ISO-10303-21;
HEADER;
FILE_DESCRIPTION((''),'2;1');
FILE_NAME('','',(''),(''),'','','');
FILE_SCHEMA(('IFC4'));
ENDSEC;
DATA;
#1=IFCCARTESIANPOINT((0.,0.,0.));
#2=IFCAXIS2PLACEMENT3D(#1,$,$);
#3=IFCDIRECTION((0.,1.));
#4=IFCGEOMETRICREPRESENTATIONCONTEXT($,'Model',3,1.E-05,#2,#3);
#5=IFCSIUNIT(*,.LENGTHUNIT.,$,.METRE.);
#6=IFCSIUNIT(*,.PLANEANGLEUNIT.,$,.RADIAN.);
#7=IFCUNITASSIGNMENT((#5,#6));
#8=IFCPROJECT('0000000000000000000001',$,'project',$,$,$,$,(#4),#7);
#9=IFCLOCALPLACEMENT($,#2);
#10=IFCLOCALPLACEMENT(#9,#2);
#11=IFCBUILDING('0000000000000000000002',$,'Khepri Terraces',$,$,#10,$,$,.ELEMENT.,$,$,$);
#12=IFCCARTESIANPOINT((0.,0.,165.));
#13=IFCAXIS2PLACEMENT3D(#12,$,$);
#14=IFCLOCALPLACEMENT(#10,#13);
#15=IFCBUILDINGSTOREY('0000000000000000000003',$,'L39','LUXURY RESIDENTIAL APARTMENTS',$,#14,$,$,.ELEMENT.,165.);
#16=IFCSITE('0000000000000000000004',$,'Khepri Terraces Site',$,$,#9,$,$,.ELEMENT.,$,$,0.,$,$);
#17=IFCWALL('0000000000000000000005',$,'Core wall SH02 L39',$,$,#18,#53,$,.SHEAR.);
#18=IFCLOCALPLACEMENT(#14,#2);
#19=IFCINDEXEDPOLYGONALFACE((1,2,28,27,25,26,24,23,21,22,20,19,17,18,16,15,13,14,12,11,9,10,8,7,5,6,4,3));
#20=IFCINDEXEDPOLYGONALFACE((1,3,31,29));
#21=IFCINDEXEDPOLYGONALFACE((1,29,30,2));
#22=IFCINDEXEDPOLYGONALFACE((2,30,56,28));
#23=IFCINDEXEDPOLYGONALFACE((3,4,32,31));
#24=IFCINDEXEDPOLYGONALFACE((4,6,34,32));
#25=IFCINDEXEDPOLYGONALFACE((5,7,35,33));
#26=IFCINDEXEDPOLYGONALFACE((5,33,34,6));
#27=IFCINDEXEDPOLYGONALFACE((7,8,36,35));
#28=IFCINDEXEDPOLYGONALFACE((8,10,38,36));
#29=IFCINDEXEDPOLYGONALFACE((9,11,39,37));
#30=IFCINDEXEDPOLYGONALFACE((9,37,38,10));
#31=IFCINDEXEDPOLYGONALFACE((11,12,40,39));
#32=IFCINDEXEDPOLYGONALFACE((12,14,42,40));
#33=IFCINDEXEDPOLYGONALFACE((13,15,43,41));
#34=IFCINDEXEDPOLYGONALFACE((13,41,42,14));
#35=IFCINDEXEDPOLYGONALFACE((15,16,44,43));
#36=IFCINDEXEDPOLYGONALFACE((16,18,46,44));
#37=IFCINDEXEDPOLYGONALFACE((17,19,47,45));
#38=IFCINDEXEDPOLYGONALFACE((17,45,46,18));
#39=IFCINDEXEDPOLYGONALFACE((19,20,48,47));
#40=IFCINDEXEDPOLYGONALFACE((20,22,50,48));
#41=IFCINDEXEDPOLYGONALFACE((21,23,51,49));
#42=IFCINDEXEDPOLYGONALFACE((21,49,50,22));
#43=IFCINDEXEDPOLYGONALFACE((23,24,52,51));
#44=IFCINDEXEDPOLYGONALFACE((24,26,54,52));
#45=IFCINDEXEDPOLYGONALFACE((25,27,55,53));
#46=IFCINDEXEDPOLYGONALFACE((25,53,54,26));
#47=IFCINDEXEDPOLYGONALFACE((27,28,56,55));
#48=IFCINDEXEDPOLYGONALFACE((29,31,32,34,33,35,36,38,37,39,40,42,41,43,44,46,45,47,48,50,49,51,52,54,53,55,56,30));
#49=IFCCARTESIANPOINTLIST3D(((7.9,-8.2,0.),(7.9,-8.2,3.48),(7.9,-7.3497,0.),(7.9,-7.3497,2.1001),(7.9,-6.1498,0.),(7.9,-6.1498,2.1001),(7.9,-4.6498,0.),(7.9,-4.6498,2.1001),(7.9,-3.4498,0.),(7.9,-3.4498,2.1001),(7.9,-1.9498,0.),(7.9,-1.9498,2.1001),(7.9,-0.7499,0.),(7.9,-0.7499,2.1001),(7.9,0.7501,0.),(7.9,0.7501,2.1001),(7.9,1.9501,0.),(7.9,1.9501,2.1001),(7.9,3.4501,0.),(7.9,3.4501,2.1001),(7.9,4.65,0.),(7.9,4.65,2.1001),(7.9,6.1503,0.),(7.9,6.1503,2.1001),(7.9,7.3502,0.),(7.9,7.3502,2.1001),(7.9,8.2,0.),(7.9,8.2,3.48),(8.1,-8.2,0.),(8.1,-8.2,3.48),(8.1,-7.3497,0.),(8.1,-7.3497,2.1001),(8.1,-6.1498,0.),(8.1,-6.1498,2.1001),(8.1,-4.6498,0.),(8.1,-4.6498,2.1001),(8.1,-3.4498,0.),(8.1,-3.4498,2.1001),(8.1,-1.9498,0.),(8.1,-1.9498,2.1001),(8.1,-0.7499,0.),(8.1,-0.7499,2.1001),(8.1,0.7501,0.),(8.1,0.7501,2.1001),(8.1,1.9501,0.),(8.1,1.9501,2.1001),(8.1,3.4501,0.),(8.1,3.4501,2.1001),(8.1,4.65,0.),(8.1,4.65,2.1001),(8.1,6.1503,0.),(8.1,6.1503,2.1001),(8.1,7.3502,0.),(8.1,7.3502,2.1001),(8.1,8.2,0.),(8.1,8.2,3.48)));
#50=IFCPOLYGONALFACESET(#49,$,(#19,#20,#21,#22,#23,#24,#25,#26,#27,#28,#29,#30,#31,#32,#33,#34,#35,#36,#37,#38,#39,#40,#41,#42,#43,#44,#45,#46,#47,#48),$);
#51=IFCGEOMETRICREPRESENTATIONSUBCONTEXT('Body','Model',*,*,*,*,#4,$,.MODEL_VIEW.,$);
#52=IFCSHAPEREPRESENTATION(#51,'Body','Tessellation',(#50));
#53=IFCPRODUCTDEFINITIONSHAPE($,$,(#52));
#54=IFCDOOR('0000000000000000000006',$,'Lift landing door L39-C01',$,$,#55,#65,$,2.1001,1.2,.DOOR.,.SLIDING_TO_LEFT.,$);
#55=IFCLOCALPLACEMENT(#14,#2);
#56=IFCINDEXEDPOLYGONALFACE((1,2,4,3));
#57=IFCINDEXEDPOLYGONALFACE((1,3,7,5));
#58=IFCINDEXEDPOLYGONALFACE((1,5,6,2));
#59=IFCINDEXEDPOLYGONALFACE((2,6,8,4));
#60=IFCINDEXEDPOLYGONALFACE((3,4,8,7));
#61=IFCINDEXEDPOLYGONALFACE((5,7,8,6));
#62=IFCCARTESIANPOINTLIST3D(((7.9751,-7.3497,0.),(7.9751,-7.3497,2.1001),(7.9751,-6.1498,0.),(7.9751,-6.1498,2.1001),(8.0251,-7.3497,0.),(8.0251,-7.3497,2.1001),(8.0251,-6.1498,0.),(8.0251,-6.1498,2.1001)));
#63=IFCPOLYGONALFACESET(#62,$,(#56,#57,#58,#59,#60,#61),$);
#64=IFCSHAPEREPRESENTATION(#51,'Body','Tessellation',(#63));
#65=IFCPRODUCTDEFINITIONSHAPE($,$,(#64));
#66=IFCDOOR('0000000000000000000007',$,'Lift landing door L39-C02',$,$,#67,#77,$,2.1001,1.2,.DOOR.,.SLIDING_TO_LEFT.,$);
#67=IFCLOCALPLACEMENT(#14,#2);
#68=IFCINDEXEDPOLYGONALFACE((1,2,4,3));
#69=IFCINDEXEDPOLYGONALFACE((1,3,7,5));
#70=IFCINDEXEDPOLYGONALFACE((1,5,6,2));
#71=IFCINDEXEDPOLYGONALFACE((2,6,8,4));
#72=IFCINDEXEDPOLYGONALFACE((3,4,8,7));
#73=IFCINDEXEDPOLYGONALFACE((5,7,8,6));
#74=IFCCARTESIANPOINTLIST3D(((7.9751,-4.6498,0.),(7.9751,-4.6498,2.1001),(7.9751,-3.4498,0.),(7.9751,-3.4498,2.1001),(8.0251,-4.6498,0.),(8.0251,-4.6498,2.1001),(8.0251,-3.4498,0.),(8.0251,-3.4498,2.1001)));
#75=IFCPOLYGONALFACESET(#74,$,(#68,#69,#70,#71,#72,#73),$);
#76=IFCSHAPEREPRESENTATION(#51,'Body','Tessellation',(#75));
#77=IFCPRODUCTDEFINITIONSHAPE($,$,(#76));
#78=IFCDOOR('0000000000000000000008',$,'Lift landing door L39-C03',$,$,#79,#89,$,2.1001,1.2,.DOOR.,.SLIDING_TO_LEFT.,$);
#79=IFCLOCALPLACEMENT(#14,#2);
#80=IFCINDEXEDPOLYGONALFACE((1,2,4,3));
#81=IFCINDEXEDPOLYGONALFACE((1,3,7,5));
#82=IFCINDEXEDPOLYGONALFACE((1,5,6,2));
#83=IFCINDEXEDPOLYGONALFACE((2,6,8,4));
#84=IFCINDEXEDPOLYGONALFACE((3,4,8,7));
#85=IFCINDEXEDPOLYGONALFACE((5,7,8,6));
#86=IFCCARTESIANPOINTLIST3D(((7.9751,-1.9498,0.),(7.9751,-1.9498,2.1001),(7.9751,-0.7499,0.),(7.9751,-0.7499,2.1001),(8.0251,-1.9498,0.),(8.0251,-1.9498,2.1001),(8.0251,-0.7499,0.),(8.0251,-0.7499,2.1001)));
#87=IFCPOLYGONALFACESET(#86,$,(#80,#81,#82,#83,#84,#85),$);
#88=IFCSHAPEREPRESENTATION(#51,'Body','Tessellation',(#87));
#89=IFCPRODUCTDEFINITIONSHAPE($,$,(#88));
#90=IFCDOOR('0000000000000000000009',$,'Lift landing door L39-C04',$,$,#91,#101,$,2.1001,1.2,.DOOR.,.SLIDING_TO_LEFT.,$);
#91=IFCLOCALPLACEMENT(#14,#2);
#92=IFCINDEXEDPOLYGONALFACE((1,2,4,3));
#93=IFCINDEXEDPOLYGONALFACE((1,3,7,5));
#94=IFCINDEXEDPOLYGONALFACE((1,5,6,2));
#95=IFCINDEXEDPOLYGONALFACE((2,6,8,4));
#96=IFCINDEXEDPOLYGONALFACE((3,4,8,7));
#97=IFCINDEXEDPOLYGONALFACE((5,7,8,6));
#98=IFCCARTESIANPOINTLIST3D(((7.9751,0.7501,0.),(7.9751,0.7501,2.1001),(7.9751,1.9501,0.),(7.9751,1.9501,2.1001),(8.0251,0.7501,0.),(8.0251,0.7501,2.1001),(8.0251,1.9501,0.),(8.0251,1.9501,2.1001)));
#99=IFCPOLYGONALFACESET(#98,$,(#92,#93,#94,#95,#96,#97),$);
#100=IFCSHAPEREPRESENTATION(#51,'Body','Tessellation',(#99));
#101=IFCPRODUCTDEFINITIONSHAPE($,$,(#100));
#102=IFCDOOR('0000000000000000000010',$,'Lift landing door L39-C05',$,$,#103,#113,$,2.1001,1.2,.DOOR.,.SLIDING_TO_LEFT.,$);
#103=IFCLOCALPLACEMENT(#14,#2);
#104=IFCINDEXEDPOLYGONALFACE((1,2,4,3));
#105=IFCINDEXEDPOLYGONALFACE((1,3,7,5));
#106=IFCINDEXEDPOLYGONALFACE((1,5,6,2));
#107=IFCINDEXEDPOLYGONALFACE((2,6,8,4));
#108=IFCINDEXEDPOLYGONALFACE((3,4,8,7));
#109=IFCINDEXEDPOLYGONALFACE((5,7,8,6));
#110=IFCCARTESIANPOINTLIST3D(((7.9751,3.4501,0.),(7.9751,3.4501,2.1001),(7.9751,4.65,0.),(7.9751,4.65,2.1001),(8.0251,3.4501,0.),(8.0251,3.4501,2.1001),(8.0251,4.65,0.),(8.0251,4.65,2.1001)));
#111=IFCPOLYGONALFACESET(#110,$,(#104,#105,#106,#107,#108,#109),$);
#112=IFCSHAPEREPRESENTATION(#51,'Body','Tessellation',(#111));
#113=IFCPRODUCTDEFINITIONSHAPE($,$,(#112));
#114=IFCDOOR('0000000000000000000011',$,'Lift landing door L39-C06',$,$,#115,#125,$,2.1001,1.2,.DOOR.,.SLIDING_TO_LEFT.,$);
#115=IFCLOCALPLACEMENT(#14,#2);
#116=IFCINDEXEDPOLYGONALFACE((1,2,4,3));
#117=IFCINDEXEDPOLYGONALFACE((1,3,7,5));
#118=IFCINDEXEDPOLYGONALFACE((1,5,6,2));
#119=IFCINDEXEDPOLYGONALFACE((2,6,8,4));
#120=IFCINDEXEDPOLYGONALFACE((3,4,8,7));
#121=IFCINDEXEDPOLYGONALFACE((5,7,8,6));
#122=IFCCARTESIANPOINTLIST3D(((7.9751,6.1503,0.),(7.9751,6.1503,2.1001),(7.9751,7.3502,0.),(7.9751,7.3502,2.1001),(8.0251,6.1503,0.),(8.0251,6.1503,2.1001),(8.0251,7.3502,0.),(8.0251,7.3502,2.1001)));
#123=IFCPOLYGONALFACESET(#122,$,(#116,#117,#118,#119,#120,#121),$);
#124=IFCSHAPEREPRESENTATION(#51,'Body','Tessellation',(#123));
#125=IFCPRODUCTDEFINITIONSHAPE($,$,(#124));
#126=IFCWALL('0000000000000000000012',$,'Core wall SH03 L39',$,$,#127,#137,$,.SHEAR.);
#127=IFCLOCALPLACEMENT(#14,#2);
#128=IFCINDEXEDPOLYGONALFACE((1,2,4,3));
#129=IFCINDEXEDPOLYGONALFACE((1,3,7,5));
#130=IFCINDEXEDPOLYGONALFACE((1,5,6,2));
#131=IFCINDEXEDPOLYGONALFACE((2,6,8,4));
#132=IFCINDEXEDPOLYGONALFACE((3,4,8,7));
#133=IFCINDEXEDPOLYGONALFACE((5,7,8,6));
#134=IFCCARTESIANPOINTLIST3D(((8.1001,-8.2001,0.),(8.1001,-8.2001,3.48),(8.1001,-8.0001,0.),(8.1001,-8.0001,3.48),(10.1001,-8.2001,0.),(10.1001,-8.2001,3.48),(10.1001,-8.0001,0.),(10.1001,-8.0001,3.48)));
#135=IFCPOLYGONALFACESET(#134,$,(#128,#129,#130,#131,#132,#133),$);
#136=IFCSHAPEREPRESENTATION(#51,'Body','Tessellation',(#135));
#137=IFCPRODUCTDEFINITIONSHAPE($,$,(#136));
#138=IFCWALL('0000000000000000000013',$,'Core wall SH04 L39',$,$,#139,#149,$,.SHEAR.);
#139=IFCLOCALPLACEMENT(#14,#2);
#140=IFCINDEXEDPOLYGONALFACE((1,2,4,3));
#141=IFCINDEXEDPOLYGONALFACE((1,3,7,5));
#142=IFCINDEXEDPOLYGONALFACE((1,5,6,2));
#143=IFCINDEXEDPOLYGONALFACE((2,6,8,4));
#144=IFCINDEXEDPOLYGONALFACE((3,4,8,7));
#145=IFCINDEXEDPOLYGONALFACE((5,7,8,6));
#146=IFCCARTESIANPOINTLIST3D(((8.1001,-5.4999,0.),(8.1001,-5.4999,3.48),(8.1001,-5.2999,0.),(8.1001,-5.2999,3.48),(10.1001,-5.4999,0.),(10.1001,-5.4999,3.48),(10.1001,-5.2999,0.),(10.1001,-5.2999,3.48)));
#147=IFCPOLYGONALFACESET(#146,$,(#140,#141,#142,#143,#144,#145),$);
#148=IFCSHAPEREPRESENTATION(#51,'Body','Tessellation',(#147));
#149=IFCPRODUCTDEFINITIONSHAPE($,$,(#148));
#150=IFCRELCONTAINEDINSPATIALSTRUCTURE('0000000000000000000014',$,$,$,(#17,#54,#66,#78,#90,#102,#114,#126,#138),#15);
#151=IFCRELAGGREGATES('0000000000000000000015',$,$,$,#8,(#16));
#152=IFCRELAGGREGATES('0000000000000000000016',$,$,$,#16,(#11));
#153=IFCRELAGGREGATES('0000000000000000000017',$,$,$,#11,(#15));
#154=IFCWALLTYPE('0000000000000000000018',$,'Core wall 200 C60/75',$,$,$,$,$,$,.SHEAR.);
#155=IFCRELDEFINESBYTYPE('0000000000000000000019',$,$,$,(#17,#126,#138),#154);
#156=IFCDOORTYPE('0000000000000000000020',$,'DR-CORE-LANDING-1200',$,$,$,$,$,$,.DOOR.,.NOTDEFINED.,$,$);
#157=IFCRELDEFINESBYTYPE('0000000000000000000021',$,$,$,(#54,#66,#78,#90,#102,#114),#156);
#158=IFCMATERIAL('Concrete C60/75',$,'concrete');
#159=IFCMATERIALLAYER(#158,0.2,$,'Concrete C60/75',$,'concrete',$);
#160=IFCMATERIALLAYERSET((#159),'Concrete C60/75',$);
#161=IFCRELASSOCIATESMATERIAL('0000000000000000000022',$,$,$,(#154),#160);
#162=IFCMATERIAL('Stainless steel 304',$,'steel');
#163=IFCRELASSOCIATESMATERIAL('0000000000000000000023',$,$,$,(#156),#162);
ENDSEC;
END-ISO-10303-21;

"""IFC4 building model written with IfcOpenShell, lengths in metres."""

from ifc_helpers import new_model, si_unit, direction, frame, frame_2d, origin, place, context, subcontext, project, spatial, rectangle, extrude, material, layer, layer_set, type_object, element, fill, save


model = new_model("IFC4")

# Units and contexts
model_context = context("Model", 3, precision=1e-05, world=origin(), true_north=direction((0.0, 1.0)))
body_context = subcontext(model_context, "Body", "Model", "MODEL_VIEW")
ifc_project = project(units=[si_unit("LENGTHUNIT", "METRE"), si_unit("PLANEANGLEUNIT", "RADIAN")], contexts=[model_context])

# Site, building, storey
site_placement = place(None, origin())
site = spatial("IfcSite", under=ifc_project, at=site_placement, Name="Khepri Terraces Site", CompositionType="ELEMENT", RefElevation=0.0)
building_placement = place(site_placement, origin())
building = spatial("IfcBuilding", under=site, at=building_placement, Name="Khepri Terraces", CompositionType="ELEMENT")
storey_placement = place(building_placement, frame((0.0, 0.0, 165.0)))
storey = spatial("IfcBuildingStorey", under=building, at=storey_placement, Name="L39", Description="LUXURY RESIDENTIAL APARTMENTS", CompositionType="ELEMENT", Elevation=165.0)

# Shared definitions
ifc_material_1 = material(Name="Concrete C60/75", Category="concrete")

# Shared definitions
ifc_layer_1 = layer(ifc_material_1, 0.2, Name="Concrete C60/75", Category="concrete")
ifc_layer_set_1 = layer_set([ifc_layer_1], Name="Concrete C60/75")
wall_type_1 = type_object("IfcWallType", Name="Core wall 200 C60/75", PredefinedType="SHEAR", material=ifc_layer_set_1)

# Wall, openings, doors
wall_1_placement = place(storey_placement, frame((8.0, -8.2, 0.0), z_axis=(0.0, 0.0, 1.0), x_axis=(0.0, 1.0, 0.0)))
wall_1 = element("IfcWall", 1, at=wall_1_placement, inside=storey, type_object=wall_type_1, Name="Core wall SH02 L39", PredefinedType="SHEAR", context=body_context, shape_type="SweptSolid", body=[
    extrude(rectangle(XDim=16.3999, YDim=0.2, at=frame_2d((8.2, 0.0))), origin(), (0.0, 0.0, 1.0), 3.48),
])
opening_1_placement = place(wall_1_placement, frame((0.8501, 0.0, 0.0)))
opening_1 = element("IfcOpeningElement", 2, at=opening_1_placement, cuts=wall_1, PredefinedType="OPENING", context=body_context, shape_type="SweptSolid", body=[
    extrude(rectangle(XDim=1.2, YDim=2.1001, at=frame_2d((0.6001, 1.05))), frame((0.0, 0.1099, 0.0), z_axis=(0.0, -1.0, 0.0), x_axis=(1.0, 0.0, 0.0)), (0.0, 0.0, 1.0), 0.22),
])
opening_2_placement = place(wall_1_placement, frame((3.55, 0.0, 0.0)))
opening_2 = element("IfcOpeningElement", 3, at=opening_2_placement, cuts=wall_1, PredefinedType="OPENING", context=body_context, shape_type="SweptSolid", body=[
    extrude(rectangle(XDim=1.2, YDim=2.1001, at=frame_2d((0.6001, 1.05))), frame((0.0, 0.1099, 0.0), z_axis=(0.0, -1.0, 0.0), x_axis=(1.0, 0.0, 0.0)), (0.0, 0.0, 1.0), 0.22),
])
opening_3_placement = place(wall_1_placement, frame((6.25, 0.0, 0.0)))
opening_3 = element("IfcOpeningElement", 4, at=opening_3_placement, cuts=wall_1, PredefinedType="OPENING", context=body_context, shape_type="SweptSolid", body=[
    extrude(rectangle(XDim=1.2, YDim=2.1001, at=frame_2d((0.6001, 1.05))), frame((0.0, 0.1099, 0.0), z_axis=(0.0, -1.0, 0.0), x_axis=(1.0, 0.0, 0.0)), (0.0, 0.0, 1.0), 0.22),
])
opening_4_placement = place(wall_1_placement, frame((8.95, 0.0, 0.0)))
opening_4 = element("IfcOpeningElement", 5, at=opening_4_placement, cuts=wall_1, PredefinedType="OPENING", context=body_context, shape_type="SweptSolid", body=[
    extrude(rectangle(XDim=1.2, YDim=2.1001, at=frame_2d((0.6001, 1.05))), frame((0.0, 0.1099, 0.0), z_axis=(0.0, -1.0, 0.0), x_axis=(1.0, 0.0, 0.0)), (0.0, 0.0, 1.0), 0.22),
])
opening_5_placement = place(wall_1_placement, frame((11.6499, 0.0, 0.0)))
opening_5 = element("IfcOpeningElement", 6, at=opening_5_placement, cuts=wall_1, PredefinedType="OPENING", context=body_context, shape_type="SweptSolid", body=[
    extrude(rectangle(XDim=1.2, YDim=2.1001, at=frame_2d((0.6001, 1.05))), frame((0.0, 0.1099, 0.0), z_axis=(0.0, -1.0, 0.0), x_axis=(1.0, 0.0, 0.0)), (0.0, 0.0, 1.0), 0.22),
])
opening_6_placement = place(wall_1_placement, frame((14.3501, 0.0, 0.0)))
opening_6 = element("IfcOpeningElement", 7, at=opening_6_placement, cuts=wall_1, PredefinedType="OPENING", context=body_context, shape_type="SweptSolid", body=[
    extrude(rectangle(XDim=1.2, YDim=2.1001, at=frame_2d((0.6001, 1.05))), frame((0.0, 0.1099, 0.0), z_axis=(0.0, -1.0, 0.0), x_axis=(1.0, 0.0, 0.0)), (0.0, 0.0, 1.0), 0.22),
])
ifc_material_2 = material(Name="Stainless steel 304", Category="steel")
door_type_1 = type_object("IfcDoorType", Name="DR-CORE-LANDING-1200", OperationType="NOTDEFINED", PredefinedType="DOOR", material=ifc_material_2)
door_1_placement = place(opening_1_placement, origin())
door_1 = element("IfcDoor", 8, at=door_1_placement, inside=storey, type_object=door_type_1, Name="Lift landing door L39-C01", OperationType="SLIDING_TO_LEFT", OverallHeight=2.1001, OverallWidth=1.2, PredefinedType="DOOR", context=body_context, shape_type="SweptSolid", body=[
    extrude(rectangle(XDim=1.2, YDim=2.1001, at=frame_2d((0.6001, 1.05))), frame((0.0, 0.0249, 0.0), z_axis=(0.0, -1.0, 0.0), x_axis=(1.0, 0.0, 0.0)), (0.0, 0.0, 1.0), 0.05),
])
fill(opening_1, door_1)
door_2_placement = place(opening_2_placement, origin())
door_2 = element("IfcDoor", 9, at=door_2_placement, inside=storey, type_object=door_type_1, Name="Lift landing door L39-C02", OperationType="SLIDING_TO_LEFT", OverallHeight=2.1001, OverallWidth=1.2, PredefinedType="DOOR", context=body_context, shape_type="SweptSolid", body=[
    extrude(rectangle(XDim=1.2, YDim=2.1001, at=frame_2d((0.6001, 1.05))), frame((0.0, 0.0249, 0.0), z_axis=(0.0, -1.0, 0.0), x_axis=(1.0, 0.0, 0.0)), (0.0, 0.0, 1.0), 0.05),
])
fill(opening_2, door_2)
door_3_placement = place(opening_3_placement, origin())
door_3 = element("IfcDoor", 10, at=door_3_placement, inside=storey, type_object=door_type_1, Name="Lift landing door L39-C03", OperationType="SLIDING_TO_LEFT", OverallHeight=2.1001, OverallWidth=1.2, PredefinedType="DOOR", context=body_context, shape_type="SweptSolid", body=[
    extrude(rectangle(XDim=1.2, YDim=2.1001, at=frame_2d((0.6001, 1.05))), frame((0.0, 0.0249, 0.0), z_axis=(0.0, -1.0, 0.0), x_axis=(1.0, 0.0, 0.0)), (0.0, 0.0, 1.0), 0.05),
])
fill(opening_3, door_3)
door_4_placement = place(opening_4_placement, origin())
door_4 = element("IfcDoor", 11, at=door_4_placement, inside=storey, type_object=door_type_1, Name="Lift landing door L39-C04", OperationType="SLIDING_TO_LEFT", OverallHeight=2.1001, OverallWidth=1.2, PredefinedType="DOOR", context=body_context, shape_type="SweptSolid", body=[
    extrude(rectangle(XDim=1.2, YDim=2.1001, at=frame_2d((0.6001, 1.05))), frame((0.0, 0.0249, 0.0), z_axis=(0.0, -1.0, 0.0), x_axis=(1.0, 0.0, 0.0)), (0.0, 0.0, 1.0), 0.05),
])
fill(opening_4, door_4)
door_5_placement = place(opening_5_placement, origin())
door_5 = element("IfcDoor", 12, at=door_5_placement, inside=storey, type_object=door_type_1, Name="Lift landing door L39-C05", OperationType="SLIDING_TO_LEFT", OverallHeight=2.1001, OverallWidth=1.2, PredefinedType="DOOR", context=body_context, shape_type="SweptSolid", body=[
    extrude(rectangle(XDim=1.2, YDim=2.1001, at=frame_2d((0.6001, 1.05))), frame((0.0, 0.0249, 0.0), z_axis=(0.0, -1.0, 0.0), x_axis=(1.0, 0.0, 0.0)), (0.0, 0.0, 1.0), 0.05),
])
fill(opening_5, door_5)
door_6_placement = place(opening_6_placement, origin())
door_6 = element("IfcDoor", 13, at=door_6_placement, inside=storey, type_object=door_type_1, Name="Lift landing door L39-C06", OperationType="SLIDING_TO_LEFT", OverallHeight=2.1001, OverallWidth=1.2, PredefinedType="DOOR", context=body_context, shape_type="SweptSolid", body=[
    extrude(rectangle(XDim=1.2, YDim=2.1001, at=frame_2d((0.6001, 1.05))), frame((0.0, 0.0249, 0.0), z_axis=(0.0, -1.0, 0.0), x_axis=(1.0, 0.0, 0.0)), (0.0, 0.0, 1.0), 0.05),
])
fill(opening_6, door_6)

# Walls
for number, where, z_axis, x_axis, name in (
    (14, (8.1001, -8.1001, 0.0), (0.0, 0.0, 1.0), (1.0, 0.0, 0.0), "Core wall SH03 L39"),
    (15, (8.1001, -5.3999, 0.0), (0.0, 0.0, 1.0), (1.0, 0.0, 0.0), "Core wall SH04 L39"),
):
    element("IfcWall", number, at=place(storey_placement, frame(where, z_axis=z_axis, x_axis=x_axis)), inside=storey, type_object=wall_type_1, Name=name, PredefinedType="SHEAR", context=body_context, shape_type="SweptSolid", body=[
        extrude(rectangle(XDim=2.0, YDim=0.2, at=frame_2d((1.0, 0.0))), origin(), (0.0, 0.0, 1.0), 3.48),
    ])

save(model, "model.ifc")
